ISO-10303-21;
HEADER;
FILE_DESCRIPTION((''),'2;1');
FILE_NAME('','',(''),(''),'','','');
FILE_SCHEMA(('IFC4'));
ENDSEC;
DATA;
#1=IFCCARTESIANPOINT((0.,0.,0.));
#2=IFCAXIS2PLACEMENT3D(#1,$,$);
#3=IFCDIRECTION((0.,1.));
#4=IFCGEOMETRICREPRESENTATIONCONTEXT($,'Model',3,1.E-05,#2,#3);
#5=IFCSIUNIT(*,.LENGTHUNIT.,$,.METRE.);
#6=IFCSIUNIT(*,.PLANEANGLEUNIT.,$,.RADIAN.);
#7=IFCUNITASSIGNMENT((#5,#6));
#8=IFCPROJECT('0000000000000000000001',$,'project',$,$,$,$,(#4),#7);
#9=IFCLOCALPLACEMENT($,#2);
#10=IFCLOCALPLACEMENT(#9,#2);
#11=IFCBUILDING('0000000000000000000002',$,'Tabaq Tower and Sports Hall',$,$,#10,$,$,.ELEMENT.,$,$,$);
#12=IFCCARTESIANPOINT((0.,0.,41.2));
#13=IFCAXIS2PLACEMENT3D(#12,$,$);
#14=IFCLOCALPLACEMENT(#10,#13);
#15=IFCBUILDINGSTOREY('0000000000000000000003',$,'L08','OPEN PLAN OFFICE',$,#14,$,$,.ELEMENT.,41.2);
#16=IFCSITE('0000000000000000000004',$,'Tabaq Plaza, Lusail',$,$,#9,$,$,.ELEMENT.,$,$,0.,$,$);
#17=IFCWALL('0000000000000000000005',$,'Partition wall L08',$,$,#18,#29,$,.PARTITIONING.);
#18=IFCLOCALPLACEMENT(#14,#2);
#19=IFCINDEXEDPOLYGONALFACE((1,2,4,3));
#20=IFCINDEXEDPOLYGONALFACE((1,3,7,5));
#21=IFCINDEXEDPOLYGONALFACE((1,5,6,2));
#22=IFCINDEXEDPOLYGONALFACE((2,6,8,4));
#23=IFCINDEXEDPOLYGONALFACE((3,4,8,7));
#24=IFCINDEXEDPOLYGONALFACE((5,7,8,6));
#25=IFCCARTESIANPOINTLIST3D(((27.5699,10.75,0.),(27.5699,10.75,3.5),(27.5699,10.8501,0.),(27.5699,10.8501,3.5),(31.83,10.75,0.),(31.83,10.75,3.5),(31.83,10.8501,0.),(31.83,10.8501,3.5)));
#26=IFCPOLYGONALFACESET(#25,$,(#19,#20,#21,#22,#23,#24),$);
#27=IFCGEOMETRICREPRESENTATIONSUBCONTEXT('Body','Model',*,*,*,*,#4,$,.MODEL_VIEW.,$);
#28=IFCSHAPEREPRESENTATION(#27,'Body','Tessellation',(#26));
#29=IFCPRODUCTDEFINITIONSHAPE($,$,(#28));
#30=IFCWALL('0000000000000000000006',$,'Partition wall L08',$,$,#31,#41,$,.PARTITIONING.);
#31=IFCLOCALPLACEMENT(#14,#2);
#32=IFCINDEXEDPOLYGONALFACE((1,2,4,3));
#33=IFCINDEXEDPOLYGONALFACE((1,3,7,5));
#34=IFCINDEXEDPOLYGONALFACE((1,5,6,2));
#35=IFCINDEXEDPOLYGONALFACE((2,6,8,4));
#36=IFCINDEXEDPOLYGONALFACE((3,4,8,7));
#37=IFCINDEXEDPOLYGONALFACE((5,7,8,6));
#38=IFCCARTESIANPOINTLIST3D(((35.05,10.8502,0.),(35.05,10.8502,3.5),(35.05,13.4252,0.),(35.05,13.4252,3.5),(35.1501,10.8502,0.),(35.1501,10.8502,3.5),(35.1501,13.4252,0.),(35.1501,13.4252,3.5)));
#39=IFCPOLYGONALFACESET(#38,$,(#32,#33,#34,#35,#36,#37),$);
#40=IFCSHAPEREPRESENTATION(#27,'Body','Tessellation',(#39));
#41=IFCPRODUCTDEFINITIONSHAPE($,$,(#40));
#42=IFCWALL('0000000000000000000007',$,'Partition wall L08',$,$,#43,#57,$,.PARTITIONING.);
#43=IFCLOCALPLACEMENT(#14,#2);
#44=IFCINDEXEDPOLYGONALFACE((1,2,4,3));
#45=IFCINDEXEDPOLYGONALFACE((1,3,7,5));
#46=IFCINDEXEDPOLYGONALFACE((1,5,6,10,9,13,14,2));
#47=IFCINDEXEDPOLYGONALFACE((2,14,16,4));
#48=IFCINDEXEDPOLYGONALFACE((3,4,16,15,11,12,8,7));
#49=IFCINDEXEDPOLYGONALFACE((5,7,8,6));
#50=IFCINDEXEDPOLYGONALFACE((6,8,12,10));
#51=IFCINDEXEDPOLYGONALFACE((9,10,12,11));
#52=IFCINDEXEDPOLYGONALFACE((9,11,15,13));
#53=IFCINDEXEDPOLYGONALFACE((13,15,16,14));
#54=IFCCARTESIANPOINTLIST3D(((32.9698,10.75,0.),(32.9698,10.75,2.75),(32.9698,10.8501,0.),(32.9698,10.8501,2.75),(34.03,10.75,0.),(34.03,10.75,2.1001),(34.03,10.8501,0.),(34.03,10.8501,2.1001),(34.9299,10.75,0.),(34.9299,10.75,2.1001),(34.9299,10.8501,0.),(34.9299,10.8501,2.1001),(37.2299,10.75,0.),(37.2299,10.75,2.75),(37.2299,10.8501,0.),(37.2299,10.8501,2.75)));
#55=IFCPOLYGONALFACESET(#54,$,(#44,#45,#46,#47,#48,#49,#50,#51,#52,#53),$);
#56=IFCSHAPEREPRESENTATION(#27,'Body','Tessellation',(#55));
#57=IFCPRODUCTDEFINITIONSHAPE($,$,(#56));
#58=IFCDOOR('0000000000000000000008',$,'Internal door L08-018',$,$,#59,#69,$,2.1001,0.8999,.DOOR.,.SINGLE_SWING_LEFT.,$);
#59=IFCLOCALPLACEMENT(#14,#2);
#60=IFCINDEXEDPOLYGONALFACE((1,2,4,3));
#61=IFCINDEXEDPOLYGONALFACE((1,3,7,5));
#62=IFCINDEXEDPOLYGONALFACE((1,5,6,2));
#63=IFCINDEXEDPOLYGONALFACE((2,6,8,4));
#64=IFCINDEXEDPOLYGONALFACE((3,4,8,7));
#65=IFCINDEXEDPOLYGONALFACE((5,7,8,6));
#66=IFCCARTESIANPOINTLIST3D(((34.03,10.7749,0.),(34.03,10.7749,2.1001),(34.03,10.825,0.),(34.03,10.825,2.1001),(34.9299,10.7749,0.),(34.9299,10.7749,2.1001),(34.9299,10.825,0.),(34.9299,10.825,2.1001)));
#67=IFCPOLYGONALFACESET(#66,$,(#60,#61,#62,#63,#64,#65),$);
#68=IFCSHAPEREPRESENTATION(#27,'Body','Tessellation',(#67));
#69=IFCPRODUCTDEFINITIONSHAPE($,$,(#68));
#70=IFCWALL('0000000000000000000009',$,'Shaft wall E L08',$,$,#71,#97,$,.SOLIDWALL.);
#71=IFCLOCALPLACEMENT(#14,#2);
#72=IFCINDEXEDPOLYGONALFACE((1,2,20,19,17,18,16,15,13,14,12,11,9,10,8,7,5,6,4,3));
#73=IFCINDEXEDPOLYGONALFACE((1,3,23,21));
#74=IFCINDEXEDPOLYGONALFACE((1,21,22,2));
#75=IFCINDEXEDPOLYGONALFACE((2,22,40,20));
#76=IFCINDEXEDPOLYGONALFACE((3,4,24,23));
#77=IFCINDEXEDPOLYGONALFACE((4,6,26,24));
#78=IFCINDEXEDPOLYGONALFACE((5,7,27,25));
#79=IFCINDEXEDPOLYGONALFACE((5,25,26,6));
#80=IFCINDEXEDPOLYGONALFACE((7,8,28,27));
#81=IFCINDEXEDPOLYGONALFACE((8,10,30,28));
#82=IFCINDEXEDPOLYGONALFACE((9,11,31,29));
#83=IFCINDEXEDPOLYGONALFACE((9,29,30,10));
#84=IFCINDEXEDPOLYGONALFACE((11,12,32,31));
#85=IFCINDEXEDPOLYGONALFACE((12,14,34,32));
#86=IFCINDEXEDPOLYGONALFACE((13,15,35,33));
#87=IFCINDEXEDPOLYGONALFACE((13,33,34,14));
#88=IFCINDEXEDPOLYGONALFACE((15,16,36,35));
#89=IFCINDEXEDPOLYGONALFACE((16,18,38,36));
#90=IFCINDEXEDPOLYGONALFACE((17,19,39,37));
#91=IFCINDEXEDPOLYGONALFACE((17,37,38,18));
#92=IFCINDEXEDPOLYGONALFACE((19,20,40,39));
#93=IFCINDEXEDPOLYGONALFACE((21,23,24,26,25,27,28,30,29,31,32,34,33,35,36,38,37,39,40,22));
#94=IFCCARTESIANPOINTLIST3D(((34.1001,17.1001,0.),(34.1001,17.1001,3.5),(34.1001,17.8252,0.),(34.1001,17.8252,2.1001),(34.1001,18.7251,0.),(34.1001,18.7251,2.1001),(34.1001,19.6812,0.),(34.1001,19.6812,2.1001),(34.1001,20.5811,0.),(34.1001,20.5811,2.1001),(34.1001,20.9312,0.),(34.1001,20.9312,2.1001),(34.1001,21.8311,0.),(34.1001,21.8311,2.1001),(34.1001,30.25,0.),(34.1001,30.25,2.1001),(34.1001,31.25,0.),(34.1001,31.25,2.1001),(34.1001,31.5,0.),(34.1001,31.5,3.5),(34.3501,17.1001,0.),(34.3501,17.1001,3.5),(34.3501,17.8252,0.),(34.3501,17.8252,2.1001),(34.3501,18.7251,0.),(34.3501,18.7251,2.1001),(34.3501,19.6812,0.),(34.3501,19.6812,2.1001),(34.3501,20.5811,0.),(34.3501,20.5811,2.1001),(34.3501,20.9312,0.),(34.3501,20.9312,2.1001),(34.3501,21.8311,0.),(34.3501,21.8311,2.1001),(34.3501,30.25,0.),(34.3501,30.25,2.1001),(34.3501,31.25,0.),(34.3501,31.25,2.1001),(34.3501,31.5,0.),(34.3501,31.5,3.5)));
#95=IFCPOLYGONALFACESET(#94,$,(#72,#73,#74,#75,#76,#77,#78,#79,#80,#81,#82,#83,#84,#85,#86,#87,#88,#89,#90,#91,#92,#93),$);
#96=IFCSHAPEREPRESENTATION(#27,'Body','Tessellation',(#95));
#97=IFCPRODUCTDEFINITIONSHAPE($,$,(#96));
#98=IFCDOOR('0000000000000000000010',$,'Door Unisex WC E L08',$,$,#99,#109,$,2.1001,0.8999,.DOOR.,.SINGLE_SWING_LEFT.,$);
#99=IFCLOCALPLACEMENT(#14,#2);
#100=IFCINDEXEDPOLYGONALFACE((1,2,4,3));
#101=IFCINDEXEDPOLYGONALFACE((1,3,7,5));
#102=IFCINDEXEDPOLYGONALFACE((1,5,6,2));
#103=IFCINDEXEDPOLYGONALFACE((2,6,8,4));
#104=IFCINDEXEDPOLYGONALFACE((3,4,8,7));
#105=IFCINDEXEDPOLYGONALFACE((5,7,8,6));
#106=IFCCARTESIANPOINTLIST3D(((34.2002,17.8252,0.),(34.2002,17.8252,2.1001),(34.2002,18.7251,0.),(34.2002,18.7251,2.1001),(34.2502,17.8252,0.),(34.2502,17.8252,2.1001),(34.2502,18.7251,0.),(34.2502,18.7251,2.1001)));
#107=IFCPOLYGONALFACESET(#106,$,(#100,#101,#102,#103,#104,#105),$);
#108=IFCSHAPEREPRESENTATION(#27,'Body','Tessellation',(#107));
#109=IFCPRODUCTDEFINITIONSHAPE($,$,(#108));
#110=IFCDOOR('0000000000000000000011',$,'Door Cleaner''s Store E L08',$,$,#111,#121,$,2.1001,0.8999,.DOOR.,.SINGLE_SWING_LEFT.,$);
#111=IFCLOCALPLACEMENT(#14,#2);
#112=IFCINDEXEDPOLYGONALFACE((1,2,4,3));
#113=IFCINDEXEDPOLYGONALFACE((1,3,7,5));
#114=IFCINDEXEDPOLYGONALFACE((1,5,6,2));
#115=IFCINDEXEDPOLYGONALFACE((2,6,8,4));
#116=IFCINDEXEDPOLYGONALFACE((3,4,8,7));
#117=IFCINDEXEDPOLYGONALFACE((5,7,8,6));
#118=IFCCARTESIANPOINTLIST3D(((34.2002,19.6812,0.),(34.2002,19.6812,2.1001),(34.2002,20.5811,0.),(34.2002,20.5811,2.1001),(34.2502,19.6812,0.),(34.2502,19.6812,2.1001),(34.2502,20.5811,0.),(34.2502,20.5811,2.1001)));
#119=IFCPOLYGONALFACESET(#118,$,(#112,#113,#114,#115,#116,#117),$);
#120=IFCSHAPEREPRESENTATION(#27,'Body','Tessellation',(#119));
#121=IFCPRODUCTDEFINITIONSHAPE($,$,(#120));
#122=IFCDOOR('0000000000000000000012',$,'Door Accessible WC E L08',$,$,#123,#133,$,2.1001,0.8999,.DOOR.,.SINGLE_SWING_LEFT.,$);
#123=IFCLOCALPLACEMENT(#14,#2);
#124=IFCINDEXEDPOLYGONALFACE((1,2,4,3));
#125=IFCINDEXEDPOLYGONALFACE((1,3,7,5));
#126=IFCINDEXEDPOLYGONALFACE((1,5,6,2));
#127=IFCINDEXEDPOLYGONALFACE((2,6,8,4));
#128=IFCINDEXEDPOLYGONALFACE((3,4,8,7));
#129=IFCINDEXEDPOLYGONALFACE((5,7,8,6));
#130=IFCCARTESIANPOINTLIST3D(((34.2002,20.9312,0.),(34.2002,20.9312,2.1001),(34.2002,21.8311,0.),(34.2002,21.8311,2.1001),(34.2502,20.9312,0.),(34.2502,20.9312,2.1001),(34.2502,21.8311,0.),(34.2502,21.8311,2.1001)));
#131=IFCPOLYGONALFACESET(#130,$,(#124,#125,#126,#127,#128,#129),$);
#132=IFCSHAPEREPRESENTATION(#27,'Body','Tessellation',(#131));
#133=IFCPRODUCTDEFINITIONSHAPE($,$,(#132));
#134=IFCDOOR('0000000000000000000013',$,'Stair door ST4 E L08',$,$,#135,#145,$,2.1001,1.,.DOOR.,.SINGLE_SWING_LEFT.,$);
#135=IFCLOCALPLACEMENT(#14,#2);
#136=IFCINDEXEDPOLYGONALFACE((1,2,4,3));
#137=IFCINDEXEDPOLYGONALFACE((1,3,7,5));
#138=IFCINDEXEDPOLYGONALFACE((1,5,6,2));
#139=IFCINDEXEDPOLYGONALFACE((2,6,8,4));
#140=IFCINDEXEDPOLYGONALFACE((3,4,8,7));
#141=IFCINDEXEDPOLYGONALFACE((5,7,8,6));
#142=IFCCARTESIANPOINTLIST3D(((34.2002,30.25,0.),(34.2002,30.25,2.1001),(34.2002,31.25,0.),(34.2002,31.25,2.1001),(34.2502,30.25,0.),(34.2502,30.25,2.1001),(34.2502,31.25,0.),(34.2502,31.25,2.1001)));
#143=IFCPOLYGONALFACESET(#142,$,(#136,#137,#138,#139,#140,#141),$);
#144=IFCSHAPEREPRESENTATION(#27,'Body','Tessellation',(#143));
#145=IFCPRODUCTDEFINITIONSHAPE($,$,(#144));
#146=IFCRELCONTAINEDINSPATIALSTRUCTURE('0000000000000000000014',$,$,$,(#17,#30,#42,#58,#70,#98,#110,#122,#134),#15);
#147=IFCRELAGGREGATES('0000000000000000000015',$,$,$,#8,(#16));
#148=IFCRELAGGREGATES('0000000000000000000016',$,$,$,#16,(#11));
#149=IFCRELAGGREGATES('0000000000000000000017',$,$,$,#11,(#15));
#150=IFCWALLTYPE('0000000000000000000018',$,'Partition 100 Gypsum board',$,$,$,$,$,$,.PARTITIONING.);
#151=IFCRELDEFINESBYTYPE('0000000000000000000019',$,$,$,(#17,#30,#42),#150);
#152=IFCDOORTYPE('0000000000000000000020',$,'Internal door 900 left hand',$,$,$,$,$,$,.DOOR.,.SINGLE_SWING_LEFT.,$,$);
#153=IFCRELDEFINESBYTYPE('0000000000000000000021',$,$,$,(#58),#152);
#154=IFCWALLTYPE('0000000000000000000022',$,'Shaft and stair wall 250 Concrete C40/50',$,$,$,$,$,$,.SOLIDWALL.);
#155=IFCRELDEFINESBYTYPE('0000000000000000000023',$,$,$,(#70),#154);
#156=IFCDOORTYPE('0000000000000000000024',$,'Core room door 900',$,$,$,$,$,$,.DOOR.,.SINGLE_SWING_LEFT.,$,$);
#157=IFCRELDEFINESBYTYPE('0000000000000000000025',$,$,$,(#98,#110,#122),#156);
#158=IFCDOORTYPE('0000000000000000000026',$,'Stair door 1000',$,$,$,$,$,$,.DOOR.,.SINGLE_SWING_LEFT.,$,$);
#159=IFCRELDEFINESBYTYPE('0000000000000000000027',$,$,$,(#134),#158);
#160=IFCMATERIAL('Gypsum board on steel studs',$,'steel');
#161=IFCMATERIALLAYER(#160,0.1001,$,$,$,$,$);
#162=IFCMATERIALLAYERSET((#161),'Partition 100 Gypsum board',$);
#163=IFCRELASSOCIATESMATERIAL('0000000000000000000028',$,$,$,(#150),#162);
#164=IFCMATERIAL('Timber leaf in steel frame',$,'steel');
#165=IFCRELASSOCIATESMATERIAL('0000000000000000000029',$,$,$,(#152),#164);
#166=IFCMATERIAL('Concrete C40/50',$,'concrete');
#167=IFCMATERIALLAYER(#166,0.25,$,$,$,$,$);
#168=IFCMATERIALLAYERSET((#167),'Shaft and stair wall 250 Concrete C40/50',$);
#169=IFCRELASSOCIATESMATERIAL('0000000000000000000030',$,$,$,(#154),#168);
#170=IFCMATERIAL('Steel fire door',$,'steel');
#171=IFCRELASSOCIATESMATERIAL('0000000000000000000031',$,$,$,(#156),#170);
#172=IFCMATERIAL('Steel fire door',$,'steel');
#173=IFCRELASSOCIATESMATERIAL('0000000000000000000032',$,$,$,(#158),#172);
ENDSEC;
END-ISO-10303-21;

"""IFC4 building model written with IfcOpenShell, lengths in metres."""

from ifc_helpers import new_model, si_unit, direction, frame, frame_2d, origin, place, context, subcontext, project, spatial, rectangle, extrude, material, layer, layer_set, type_object, element, fill, save


model = new_model("IFC4")

# Units and contexts
model_context = context("Model", 3, precision=1e-05, world=origin(), true_north=direction((0.0, 1.0)))
body_context = subcontext(model_context, "Body", "Model", "MODEL_VIEW")
ifc_project = project(units=[si_unit("LENGTHUNIT", "METRE"), si_unit("PLANEANGLEUNIT", "RADIAN")], contexts=[model_context])

# Site, building, storey
site_placement = place(None, origin())
site = spatial("IfcSite", under=ifc_project, at=site_placement, Name="Tabaq Plaza, Lusail", CompositionType="ELEMENT", RefElevation=0.0)
building_placement = place(site_placement, origin())
building = spatial("IfcBuilding", under=site, at=building_placement, Name="Tabaq Tower and Sports Hall", CompositionType="ELEMENT")
storey_placement = place(building_placement, frame((0.0, 0.0, 41.2)))
storey = spatial("IfcBuildingStorey", under=building, at=storey_placement, Name="L08", Description="OPEN PLAN OFFICE", CompositionType="ELEMENT", Elevation=41.2)

# Walls
ifc_material_1 = material(Name="Gypsum board on steel studs", Category="steel")
ifc_layer_1 = layer(ifc_material_1, 0.1001)
ifc_layer_set_1 = layer_set([ifc_layer_1], Name="Partition 100 Gypsum board")
wall_type_1 = type_object("IfcWallType", Name="Partition 100 Gypsum board", PredefinedType="PARTITIONING", material=ifc_layer_set_1)
wall_1_placement = place(storey_placement, frame((27.5701, 10.8, 0.0), z_axis=(0.0, 0.0, 1.0), x_axis=(1.0, 0.0, 0.0)))
element("IfcWall", 1, at=wall_1_placement, inside=storey, type_object=wall_type_1, Name="Partition wall L08", PredefinedType="PARTITIONING", context=body_context, shape_type="SweptSolid", body=[
    extrude(rectangle(XDim=4.26, YDim=0.1001, at=frame_2d((2.1299, 0.0))), origin(), (0.0, 0.0, 1.0), 3.5),
])
wall_2_placement = place(storey_placement, frame((35.1001, 10.8501, 0.0), z_axis=(0.0, 0.0, 1.0), x_axis=(0.0, 1.0, 0.0)))
element("IfcWall", 2, at=wall_2_placement, inside=storey, type_object=wall_type_1, Name="Partition wall L08", PredefinedType="PARTITIONING", context=body_context, shape_type="SweptSolid", body=[
    extrude(rectangle(XDim=2.575, YDim=0.1001, at=frame_2d((1.2876, 0.0))), origin(), (0.0, 0.0, 1.0), 3.5),
])

# Wall, opening, door
wall_3_placement = place(storey_placement, frame((32.97, 10.8, 0.0), z_axis=(0.0, 0.0, 1.0), x_axis=(1.0, 0.0, 0.0)))
wall_3 = element("IfcWall", 3, at=wall_3_placement, inside=storey, type_object=wall_type_1, Name="Partition wall L08", PredefinedType="PARTITIONING", context=body_context, shape_type="SweptSolid", body=[
    extrude(rectangle(XDim=4.26, YDim=0.1001, at=frame_2d((2.1299, 0.0))), origin(), (0.0, 0.0, 1.0), 2.75),
])
opening_1_placement = place(wall_3_placement, frame((1.0601, 0.0, 0.0)))
opening_1 = element("IfcOpeningElement", 4, at=opening_1_placement, cuts=wall_3, PredefinedType="OPENING", context=body_context, shape_type="SweptSolid", body=[
    extrude(rectangle(XDim=0.8999, YDim=2.1001, at=frame_2d((0.45, 1.05))), frame((0.0, 0.05, 0.0), z_axis=(0.0, -1.0, 0.0), x_axis=(1.0, 0.0, 0.0)), (0.0, 0.0, 1.0), 0.1001),
])
ifc_material_2 = material(Name="Timber leaf in steel frame", Category="steel")
door_type_1 = type_object("IfcDoorType", Name="Internal door 900 left hand", OperationType="SINGLE_SWING_LEFT", PredefinedType="DOOR", material=ifc_material_2)
door_1_placement = place(opening_1_placement, origin())
door_1 = element("IfcDoor", 5, at=door_1_placement, inside=storey, type_object=door_type_1, Name="Internal door L08-018", OperationType="SINGLE_SWING_LEFT", OverallHeight=2.1001, OverallWidth=0.8999, PredefinedType="DOOR", context=body_context, shape_type="SweptSolid", body=[
    extrude(rectangle(XDim=0.8999, YDim=2.1001, at=frame_2d((0.45, 1.05))), frame((0.0, 0.0249, 0.0), z_axis=(0.0, -1.0, 0.0), x_axis=(1.0, 0.0, 0.0)), (0.0, 0.0, 1.0), 0.05),
])
fill(opening_1, door_1)

# Wall, openings, doors
ifc_material_3 = material(Name="Concrete C40/50", Category="concrete")
ifc_layer_2 = layer(ifc_material_3, 0.25)
ifc_layer_set_2 = layer_set([ifc_layer_2], Name="Shaft and stair wall 250 Concrete C40/50")
wall_type_2 = type_object("IfcWallType", Name="Shaft and stair wall 250 Concrete C40/50", PredefinedType="SOLIDWALL", material=ifc_layer_set_2)
wall_4_placement = place(storey_placement, frame((34.2251, 17.1001, 0.0), z_axis=(0.0, 0.0, 1.0), x_axis=(0.0, 1.0, 0.0)))
wall_4 = element("IfcWall", 6, at=wall_4_placement, inside=storey, type_object=wall_type_2, Name="Shaft wall E L08", PredefinedType="SOLIDWALL", context=body_context, shape_type="SweptSolid", body=[
    extrude(rectangle(XDim=14.3999, YDim=0.25, at=frame_2d((7.2, 0.0))), origin(), (0.0, 0.0, 1.0), 3.5),
])
opening_2_placement = place(wall_4_placement, frame((13.1499, 0.0, 0.0)))
opening_2 = element("IfcOpeningElement", 7, at=opening_2_placement, cuts=wall_4, PredefinedType="OPENING", context=body_context, shape_type="SweptSolid", body=[
    extrude(rectangle(XDim=1.0, YDim=2.1001, at=frame_2d((0.5, 1.05))), frame((0.0, 0.125, 0.0), z_axis=(0.0, -1.0, 0.0), x_axis=(1.0, 0.0, 0.0)), (0.0, 0.0, 1.0), 0.25),
])
opening_3_placement = place(wall_4_placement, frame((0.7251, 0.0, 0.0)))
opening_3 = element("IfcOpeningElement", 8, at=opening_3_placement, cuts=wall_4, PredefinedType="OPENING", context=body_context, shape_type="SweptSolid", body=[
    extrude(rectangle(XDim=0.8999, YDim=2.1001, at=frame_2d((0.45, 1.05))), frame((0.0, 0.125, 0.0), z_axis=(0.0, -1.0, 0.0), x_axis=(1.0, 0.0, 0.0)), (0.0, 0.0, 1.0), 0.25),
])
opening_4_placement = place(wall_4_placement, frame((2.5811, 0.0, 0.0)))
opening_4 = element("IfcOpeningElement", 9, at=opening_4_placement, cuts=wall_4, PredefinedType="OPENING", context=body_context, shape_type="SweptSolid", body=[
    extrude(rectangle(XDim=0.8999, YDim=2.1001, at=frame_2d((0.45, 1.05))), frame((0.0, 0.125, 0.0), z_axis=(0.0, -1.0, 0.0), x_axis=(1.0, 0.0, 0.0)), (0.0, 0.0, 1.0), 0.25),
])
opening_5_placement = place(wall_4_placement, frame((3.8311, 0.0, 0.0)))
opening_5 = element("IfcOpeningElement", 10, at=opening_5_placement, cuts=wall_4, PredefinedType="OPENING", context=body_context, shape_type="SweptSolid", body=[
    extrude(rectangle(XDim=0.8999, YDim=2.1001, at=frame_2d((0.45, 1.05))), frame((0.0, 0.125, 0.0), z_axis=(0.0, -1.0, 0.0), x_axis=(1.0, 0.0, 0.0)), (0.0, 0.0, 1.0), 0.25),
])
ifc_material_4 = material(Name="Steel fire door", Category="steel")
door_type_2 = type_object("IfcDoorType", Name="Core room door 900", OperationType="SINGLE_SWING_LEFT", PredefinedType="DOOR", material=ifc_material_4)
door_2_placement = place(opening_3_placement, origin())
door_2 = element("IfcDoor", 11, at=door_2_placement, inside=storey, type_object=door_type_2, Name="Door Unisex WC E L08", OperationType="SINGLE_SWING_LEFT", OverallHeight=2.1001, OverallWidth=0.8999, PredefinedType="DOOR", context=body_context, shape_type="SweptSolid", body=[
    extrude(rectangle(XDim=0.8999, YDim=2.1001, at=frame_2d((0.45, 1.05))), frame((0.0, 0.0249, 0.0), z_axis=(0.0, -1.0, 0.0), x_axis=(1.0, 0.0, 0.0)), (0.0, 0.0, 1.0), 0.05),
])
fill(opening_3, door_2)
door_3_placement = place(opening_4_placement, origin())
door_3 = element("IfcDoor", 12, at=door_3_placement, inside=storey, type_object=door_type_2, Name="Door Cleaner's Store E L08", OperationType="SINGLE_SWING_LEFT", OverallHeight=2.1001, OverallWidth=0.8999, PredefinedType="DOOR", context=body_context, shape_type="SweptSolid", body=[
    extrude(rectangle(XDim=0.8999, YDim=2.1001, at=frame_2d((0.45, 1.05))), frame((0.0, 0.0249, 0.0), z_axis=(0.0, -1.0, 0.0), x_axis=(1.0, 0.0, 0.0)), (0.0, 0.0, 1.0), 0.05),
])
fill(opening_4, door_3)
door_4_placement = place(opening_5_placement, origin())
door_4 = element("IfcDoor", 13, at=door_4_placement, inside=storey, type_object=door_type_2, Name="Door Accessible WC E L08", OperationType="SINGLE_SWING_LEFT", OverallHeight=2.1001, OverallWidth=0.8999, PredefinedType="DOOR", context=body_context, shape_type="SweptSolid", body=[
    extrude(rectangle(XDim=0.8999, YDim=2.1001, at=frame_2d((0.45, 1.05))), frame((0.0, 0.0249, 0.0), z_axis=(0.0, -1.0, 0.0), x_axis=(1.0, 0.0, 0.0)), (0.0, 0.0, 1.0), 0.05),
])
fill(opening_5, door_4)
ifc_material_5 = material(Name="Steel fire door", Category="steel")
door_type_3 = type_object("IfcDoorType", Name="Stair door 1000", OperationType="SINGLE_SWING_LEFT", PredefinedType="DOOR", material=ifc_material_5)
door_5_placement = place(opening_2_placement, origin())
door_5 = element("IfcDoor", 14, at=door_5_placement, inside=storey, type_object=door_type_3, Name="Stair door ST4 E L08", OperationType="SINGLE_SWING_LEFT", OverallHeight=2.1001, OverallWidth=1.0, PredefinedType="DOOR", context=body_context, shape_type="SweptSolid", body=[
    extrude(rectangle(XDim=1.0, YDim=2.1001, at=frame_2d((0.5, 1.05))), frame((0.0, 0.0249, 0.0), z_axis=(0.0, -1.0, 0.0), x_axis=(1.0, 0.0, 0.0)), (0.0, 0.0, 1.0), 0.05),
])
fill(opening_2, door_5)

save(model, "model.ifc")
